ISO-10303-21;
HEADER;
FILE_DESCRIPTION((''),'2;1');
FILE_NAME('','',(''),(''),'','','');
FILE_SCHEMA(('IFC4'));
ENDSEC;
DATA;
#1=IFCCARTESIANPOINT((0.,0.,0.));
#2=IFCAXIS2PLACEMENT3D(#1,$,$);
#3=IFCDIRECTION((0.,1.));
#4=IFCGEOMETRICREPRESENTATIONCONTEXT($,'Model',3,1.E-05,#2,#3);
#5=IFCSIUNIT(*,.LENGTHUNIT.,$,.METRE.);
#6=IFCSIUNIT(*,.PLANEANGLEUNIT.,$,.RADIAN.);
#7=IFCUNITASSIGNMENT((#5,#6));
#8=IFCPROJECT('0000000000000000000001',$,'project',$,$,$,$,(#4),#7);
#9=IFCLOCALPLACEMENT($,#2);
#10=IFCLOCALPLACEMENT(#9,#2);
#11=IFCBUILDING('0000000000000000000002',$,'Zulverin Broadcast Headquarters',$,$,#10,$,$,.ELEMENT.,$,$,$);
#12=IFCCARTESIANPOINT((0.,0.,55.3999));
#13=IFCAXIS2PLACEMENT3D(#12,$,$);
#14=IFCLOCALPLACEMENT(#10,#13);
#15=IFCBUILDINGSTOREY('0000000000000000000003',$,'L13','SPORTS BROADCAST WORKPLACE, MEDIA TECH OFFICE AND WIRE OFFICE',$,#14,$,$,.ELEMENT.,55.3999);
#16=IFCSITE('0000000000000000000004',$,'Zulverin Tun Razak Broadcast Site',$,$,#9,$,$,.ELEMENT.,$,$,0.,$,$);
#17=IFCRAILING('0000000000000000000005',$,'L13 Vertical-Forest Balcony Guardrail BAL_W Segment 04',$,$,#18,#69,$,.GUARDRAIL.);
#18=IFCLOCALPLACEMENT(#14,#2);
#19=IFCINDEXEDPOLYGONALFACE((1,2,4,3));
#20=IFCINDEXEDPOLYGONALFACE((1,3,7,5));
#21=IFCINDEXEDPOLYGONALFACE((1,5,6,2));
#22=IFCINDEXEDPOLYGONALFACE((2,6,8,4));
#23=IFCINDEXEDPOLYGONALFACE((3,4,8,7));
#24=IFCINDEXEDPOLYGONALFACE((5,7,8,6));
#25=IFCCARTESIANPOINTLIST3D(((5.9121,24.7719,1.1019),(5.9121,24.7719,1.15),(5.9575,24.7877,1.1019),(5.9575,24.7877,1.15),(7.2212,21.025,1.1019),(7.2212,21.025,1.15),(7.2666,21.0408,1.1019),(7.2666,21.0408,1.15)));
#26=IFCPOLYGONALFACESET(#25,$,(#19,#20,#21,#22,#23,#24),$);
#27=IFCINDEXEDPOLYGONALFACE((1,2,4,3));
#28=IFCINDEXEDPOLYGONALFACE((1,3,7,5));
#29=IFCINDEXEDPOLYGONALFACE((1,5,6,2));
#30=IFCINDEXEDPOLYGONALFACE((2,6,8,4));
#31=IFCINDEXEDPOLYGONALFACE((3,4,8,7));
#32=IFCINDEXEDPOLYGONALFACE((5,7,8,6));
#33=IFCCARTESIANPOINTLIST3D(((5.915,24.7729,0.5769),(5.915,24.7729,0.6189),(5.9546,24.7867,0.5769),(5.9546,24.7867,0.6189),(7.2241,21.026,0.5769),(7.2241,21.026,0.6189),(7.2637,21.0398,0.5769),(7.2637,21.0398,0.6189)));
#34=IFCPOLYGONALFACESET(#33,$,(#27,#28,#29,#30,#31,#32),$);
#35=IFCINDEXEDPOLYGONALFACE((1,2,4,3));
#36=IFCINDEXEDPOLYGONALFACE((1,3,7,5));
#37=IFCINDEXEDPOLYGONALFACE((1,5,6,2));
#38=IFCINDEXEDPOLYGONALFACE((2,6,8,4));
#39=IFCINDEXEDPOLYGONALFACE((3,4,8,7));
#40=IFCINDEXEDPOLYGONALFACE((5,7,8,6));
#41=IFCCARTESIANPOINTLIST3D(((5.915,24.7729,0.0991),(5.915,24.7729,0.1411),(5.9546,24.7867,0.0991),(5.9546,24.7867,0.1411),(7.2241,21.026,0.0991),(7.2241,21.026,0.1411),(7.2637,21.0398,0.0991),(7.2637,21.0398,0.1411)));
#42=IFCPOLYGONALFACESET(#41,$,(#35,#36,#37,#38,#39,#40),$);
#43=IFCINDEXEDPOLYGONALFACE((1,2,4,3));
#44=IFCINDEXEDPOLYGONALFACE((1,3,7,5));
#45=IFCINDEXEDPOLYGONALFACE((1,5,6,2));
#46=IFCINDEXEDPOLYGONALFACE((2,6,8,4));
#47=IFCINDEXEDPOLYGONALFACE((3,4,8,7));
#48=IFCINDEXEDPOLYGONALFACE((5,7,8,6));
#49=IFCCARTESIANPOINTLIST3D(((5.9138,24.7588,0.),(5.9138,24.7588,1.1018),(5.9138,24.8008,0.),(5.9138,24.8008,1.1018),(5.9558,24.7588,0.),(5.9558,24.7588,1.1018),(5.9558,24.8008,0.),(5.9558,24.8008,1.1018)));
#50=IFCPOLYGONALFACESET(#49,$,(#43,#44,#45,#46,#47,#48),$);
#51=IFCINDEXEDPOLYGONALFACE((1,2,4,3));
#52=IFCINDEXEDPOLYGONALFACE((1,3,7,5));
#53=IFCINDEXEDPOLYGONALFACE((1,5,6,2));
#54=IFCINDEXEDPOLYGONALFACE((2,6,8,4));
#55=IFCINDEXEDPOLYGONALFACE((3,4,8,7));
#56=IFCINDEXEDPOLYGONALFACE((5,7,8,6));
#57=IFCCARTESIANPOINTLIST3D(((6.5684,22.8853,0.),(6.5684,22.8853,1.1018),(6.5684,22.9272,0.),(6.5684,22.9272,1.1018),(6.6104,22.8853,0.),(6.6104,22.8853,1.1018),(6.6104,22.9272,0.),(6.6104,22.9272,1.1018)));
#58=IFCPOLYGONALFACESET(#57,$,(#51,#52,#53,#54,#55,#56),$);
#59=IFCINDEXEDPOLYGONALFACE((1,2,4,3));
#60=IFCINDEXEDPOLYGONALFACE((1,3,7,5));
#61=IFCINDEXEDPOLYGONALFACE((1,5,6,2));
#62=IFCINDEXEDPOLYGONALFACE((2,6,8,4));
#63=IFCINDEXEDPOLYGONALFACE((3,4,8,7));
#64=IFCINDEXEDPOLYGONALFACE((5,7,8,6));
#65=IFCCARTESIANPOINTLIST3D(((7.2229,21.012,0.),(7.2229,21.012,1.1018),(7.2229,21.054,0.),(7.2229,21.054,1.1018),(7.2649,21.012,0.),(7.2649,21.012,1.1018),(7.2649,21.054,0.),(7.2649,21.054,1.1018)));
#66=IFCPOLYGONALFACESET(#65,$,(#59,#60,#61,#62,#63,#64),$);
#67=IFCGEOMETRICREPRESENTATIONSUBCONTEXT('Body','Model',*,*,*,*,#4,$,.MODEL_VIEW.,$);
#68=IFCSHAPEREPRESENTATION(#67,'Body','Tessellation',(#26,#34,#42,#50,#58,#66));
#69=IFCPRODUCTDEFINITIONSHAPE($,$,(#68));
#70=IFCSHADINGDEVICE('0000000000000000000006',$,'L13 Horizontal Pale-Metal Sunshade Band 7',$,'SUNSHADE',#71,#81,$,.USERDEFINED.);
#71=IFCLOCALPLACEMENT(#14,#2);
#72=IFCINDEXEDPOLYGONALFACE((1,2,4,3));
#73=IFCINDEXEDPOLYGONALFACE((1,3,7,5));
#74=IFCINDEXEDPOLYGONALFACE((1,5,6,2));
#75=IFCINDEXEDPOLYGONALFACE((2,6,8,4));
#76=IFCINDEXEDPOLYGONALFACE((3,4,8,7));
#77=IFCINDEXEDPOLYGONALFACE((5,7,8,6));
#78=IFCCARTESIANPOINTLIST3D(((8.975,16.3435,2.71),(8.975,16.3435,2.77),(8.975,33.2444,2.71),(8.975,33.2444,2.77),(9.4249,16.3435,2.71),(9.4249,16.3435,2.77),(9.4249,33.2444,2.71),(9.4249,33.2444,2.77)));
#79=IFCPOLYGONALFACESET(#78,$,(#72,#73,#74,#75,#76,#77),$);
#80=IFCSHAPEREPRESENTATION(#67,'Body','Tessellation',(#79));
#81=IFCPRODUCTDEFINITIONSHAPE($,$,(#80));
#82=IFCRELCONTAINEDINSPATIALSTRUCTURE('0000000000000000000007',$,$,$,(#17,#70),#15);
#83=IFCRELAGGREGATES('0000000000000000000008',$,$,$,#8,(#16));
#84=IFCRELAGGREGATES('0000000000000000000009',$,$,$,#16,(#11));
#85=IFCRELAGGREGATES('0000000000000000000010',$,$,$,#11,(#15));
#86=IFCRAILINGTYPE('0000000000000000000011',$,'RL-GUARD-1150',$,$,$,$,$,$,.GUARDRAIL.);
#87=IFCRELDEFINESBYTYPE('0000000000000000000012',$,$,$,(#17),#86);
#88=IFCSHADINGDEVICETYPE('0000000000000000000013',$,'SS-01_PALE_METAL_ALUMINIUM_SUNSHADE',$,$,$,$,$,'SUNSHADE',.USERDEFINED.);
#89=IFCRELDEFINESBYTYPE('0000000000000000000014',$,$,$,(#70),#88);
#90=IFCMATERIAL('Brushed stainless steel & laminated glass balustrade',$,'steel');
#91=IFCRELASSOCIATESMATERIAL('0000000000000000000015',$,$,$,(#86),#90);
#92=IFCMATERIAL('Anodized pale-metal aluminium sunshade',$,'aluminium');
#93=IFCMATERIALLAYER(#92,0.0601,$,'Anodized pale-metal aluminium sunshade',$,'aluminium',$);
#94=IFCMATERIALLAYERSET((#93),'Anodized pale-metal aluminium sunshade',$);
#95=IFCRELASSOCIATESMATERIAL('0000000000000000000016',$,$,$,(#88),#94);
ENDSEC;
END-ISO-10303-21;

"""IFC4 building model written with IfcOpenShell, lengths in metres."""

from ifc_helpers import new_model, si_unit, direction, frame, origin, origin_2d, place, context, subcontext, project, spatial, rectangle, extrude, material, layer, layer_set, type_object, element, save


model = new_model("IFC4")

# Units and contexts
model_context = context("Model", 3, precision=1e-05, world=origin(), true_north=direction((0.0, 1.0)))
body_context = subcontext(model_context, "Body", "Model", "MODEL_VIEW")
ifc_project = project(units=[si_unit("LENGTHUNIT", "METRE"), si_unit("PLANEANGLEUNIT", "RADIAN")], contexts=[model_context])

# Site, building, storey
site_placement = place(None, origin())
site = spatial("IfcSite", under=ifc_project, at=site_placement, Name="Zulverin Tun Razak Broadcast Site", CompositionType="ELEMENT", RefElevation=0.0)
building_placement = place(site_placement, origin())
building = spatial("IfcBuilding", under=site, at=building_placement, Name="Zulverin Broadcast Headquarters", CompositionType="ELEMENT")
storey_placement = place(building_placement, frame((0.0, 0.0, 55.3999)))
storey = spatial("IfcBuildingStorey", under=building, at=storey_placement, Name="L13", Description="SPORTS BROADCAST WORKPLACE, MEDIA TECH OFFICE AND WIRE OFFICE", CompositionType="ELEMENT", Elevation=55.3999)

# Railing
ifc_material_1 = material(Name="Brushed stainless steel & laminated glass balustrade", Category="steel")
railing_type = type_object("IfcRailingType", Name="RL-GUARD-1150", PredefinedType="GUARDRAIL", material=ifc_material_1)
railing_1_placement = place(storey_placement, frame((5.9348, 24.7798, 0.0)))
element("IfcRailing", 1, at=railing_1_placement, inside=storey, type_object=railing_type, Name="L13 Vertical-Forest Balcony Guardrail BAL_W Segment 04", PredefinedType="GUARDRAIL", context=body_context, shape_type="SweptSolid", body=[
    extrude(rectangle(XDim=0.0481, YDim=0.0481, at=origin_2d()), frame((0.0, 0.0, 1.126), z_axis=(0.329833, -0.944039, 0.0), x_axis=(0.944039, 0.329833, 0.0)), (0.0, 0.0, 1.0), 3.969),
    extrude(rectangle(XDim=0.042, YDim=0.042, at=origin_2d()), frame((0.0, 0.0, 0.5979), z_axis=(0.329833, -0.944039, 0.0), x_axis=(0.944039, 0.329833, 0.0)), (0.0, 0.0, 1.0), 3.969),
    extrude(rectangle(XDim=0.042, YDim=0.042, at=origin_2d()), frame((0.0, 0.0, 0.1201), z_axis=(0.329833, -0.944039, 0.0), x_axis=(0.944039, 0.329833, 0.0)), (0.0, 0.0, 1.0), 3.969),
    extrude(rectangle(XDim=0.042, YDim=0.042, at=origin_2d()), origin(), (0.0, 0.0, 1.0), 1.1018),
    extrude(rectangle(XDim=0.042, YDim=0.042, at=origin_2d()), frame((0.6545, -1.8735, 0.0)), (0.0, 0.0, 1.0), 1.1018),
    extrude(rectangle(XDim=0.042, YDim=0.042, at=origin_2d()), frame((1.3091, -3.7468, 0.0)), (0.0, 0.0, 1.0), 1.1018),
])

# Shading device
ifc_material_2 = material(Name="Anodized pale-metal aluminium sunshade", Category="aluminium")
ifc_layer_1 = layer(ifc_material_2, 0.0601, Name="Anodized pale-metal aluminium sunshade", Category="aluminium")
ifc_layer_set_1 = layer_set([ifc_layer_1], Name="Anodized pale-metal aluminium sunshade")
shading_device_type = type_object("IfcShadingDeviceType", Name="SS-01_PALE_METAL_ALUMINIUM_SUNSHADE", ElementType="SUNSHADE", PredefinedType="USERDEFINED", material=ifc_layer_set_1)
shading_device_placement = place(storey_placement, frame((9.2, 24.7939, 2.71), z_axis=(0.0, 0.0, 1.0), x_axis=(0.0, -1.0, 0.0)))
element("IfcShadingDevice", 2, at=shading_device_placement, inside=storey, type_object=shading_device_type, Name="L13 Horizontal Pale-Metal Sunshade Band 7", ObjectType="SUNSHADE", PredefinedType="USERDEFINED", context=body_context, shape_type="SweptSolid", body=[
    extrude(rectangle(XDim=16.9009, YDim=0.45, at=origin_2d()), origin(), (0.0, 0.0, 1.0), 0.0601),
])

save(model, "model.ifc")
